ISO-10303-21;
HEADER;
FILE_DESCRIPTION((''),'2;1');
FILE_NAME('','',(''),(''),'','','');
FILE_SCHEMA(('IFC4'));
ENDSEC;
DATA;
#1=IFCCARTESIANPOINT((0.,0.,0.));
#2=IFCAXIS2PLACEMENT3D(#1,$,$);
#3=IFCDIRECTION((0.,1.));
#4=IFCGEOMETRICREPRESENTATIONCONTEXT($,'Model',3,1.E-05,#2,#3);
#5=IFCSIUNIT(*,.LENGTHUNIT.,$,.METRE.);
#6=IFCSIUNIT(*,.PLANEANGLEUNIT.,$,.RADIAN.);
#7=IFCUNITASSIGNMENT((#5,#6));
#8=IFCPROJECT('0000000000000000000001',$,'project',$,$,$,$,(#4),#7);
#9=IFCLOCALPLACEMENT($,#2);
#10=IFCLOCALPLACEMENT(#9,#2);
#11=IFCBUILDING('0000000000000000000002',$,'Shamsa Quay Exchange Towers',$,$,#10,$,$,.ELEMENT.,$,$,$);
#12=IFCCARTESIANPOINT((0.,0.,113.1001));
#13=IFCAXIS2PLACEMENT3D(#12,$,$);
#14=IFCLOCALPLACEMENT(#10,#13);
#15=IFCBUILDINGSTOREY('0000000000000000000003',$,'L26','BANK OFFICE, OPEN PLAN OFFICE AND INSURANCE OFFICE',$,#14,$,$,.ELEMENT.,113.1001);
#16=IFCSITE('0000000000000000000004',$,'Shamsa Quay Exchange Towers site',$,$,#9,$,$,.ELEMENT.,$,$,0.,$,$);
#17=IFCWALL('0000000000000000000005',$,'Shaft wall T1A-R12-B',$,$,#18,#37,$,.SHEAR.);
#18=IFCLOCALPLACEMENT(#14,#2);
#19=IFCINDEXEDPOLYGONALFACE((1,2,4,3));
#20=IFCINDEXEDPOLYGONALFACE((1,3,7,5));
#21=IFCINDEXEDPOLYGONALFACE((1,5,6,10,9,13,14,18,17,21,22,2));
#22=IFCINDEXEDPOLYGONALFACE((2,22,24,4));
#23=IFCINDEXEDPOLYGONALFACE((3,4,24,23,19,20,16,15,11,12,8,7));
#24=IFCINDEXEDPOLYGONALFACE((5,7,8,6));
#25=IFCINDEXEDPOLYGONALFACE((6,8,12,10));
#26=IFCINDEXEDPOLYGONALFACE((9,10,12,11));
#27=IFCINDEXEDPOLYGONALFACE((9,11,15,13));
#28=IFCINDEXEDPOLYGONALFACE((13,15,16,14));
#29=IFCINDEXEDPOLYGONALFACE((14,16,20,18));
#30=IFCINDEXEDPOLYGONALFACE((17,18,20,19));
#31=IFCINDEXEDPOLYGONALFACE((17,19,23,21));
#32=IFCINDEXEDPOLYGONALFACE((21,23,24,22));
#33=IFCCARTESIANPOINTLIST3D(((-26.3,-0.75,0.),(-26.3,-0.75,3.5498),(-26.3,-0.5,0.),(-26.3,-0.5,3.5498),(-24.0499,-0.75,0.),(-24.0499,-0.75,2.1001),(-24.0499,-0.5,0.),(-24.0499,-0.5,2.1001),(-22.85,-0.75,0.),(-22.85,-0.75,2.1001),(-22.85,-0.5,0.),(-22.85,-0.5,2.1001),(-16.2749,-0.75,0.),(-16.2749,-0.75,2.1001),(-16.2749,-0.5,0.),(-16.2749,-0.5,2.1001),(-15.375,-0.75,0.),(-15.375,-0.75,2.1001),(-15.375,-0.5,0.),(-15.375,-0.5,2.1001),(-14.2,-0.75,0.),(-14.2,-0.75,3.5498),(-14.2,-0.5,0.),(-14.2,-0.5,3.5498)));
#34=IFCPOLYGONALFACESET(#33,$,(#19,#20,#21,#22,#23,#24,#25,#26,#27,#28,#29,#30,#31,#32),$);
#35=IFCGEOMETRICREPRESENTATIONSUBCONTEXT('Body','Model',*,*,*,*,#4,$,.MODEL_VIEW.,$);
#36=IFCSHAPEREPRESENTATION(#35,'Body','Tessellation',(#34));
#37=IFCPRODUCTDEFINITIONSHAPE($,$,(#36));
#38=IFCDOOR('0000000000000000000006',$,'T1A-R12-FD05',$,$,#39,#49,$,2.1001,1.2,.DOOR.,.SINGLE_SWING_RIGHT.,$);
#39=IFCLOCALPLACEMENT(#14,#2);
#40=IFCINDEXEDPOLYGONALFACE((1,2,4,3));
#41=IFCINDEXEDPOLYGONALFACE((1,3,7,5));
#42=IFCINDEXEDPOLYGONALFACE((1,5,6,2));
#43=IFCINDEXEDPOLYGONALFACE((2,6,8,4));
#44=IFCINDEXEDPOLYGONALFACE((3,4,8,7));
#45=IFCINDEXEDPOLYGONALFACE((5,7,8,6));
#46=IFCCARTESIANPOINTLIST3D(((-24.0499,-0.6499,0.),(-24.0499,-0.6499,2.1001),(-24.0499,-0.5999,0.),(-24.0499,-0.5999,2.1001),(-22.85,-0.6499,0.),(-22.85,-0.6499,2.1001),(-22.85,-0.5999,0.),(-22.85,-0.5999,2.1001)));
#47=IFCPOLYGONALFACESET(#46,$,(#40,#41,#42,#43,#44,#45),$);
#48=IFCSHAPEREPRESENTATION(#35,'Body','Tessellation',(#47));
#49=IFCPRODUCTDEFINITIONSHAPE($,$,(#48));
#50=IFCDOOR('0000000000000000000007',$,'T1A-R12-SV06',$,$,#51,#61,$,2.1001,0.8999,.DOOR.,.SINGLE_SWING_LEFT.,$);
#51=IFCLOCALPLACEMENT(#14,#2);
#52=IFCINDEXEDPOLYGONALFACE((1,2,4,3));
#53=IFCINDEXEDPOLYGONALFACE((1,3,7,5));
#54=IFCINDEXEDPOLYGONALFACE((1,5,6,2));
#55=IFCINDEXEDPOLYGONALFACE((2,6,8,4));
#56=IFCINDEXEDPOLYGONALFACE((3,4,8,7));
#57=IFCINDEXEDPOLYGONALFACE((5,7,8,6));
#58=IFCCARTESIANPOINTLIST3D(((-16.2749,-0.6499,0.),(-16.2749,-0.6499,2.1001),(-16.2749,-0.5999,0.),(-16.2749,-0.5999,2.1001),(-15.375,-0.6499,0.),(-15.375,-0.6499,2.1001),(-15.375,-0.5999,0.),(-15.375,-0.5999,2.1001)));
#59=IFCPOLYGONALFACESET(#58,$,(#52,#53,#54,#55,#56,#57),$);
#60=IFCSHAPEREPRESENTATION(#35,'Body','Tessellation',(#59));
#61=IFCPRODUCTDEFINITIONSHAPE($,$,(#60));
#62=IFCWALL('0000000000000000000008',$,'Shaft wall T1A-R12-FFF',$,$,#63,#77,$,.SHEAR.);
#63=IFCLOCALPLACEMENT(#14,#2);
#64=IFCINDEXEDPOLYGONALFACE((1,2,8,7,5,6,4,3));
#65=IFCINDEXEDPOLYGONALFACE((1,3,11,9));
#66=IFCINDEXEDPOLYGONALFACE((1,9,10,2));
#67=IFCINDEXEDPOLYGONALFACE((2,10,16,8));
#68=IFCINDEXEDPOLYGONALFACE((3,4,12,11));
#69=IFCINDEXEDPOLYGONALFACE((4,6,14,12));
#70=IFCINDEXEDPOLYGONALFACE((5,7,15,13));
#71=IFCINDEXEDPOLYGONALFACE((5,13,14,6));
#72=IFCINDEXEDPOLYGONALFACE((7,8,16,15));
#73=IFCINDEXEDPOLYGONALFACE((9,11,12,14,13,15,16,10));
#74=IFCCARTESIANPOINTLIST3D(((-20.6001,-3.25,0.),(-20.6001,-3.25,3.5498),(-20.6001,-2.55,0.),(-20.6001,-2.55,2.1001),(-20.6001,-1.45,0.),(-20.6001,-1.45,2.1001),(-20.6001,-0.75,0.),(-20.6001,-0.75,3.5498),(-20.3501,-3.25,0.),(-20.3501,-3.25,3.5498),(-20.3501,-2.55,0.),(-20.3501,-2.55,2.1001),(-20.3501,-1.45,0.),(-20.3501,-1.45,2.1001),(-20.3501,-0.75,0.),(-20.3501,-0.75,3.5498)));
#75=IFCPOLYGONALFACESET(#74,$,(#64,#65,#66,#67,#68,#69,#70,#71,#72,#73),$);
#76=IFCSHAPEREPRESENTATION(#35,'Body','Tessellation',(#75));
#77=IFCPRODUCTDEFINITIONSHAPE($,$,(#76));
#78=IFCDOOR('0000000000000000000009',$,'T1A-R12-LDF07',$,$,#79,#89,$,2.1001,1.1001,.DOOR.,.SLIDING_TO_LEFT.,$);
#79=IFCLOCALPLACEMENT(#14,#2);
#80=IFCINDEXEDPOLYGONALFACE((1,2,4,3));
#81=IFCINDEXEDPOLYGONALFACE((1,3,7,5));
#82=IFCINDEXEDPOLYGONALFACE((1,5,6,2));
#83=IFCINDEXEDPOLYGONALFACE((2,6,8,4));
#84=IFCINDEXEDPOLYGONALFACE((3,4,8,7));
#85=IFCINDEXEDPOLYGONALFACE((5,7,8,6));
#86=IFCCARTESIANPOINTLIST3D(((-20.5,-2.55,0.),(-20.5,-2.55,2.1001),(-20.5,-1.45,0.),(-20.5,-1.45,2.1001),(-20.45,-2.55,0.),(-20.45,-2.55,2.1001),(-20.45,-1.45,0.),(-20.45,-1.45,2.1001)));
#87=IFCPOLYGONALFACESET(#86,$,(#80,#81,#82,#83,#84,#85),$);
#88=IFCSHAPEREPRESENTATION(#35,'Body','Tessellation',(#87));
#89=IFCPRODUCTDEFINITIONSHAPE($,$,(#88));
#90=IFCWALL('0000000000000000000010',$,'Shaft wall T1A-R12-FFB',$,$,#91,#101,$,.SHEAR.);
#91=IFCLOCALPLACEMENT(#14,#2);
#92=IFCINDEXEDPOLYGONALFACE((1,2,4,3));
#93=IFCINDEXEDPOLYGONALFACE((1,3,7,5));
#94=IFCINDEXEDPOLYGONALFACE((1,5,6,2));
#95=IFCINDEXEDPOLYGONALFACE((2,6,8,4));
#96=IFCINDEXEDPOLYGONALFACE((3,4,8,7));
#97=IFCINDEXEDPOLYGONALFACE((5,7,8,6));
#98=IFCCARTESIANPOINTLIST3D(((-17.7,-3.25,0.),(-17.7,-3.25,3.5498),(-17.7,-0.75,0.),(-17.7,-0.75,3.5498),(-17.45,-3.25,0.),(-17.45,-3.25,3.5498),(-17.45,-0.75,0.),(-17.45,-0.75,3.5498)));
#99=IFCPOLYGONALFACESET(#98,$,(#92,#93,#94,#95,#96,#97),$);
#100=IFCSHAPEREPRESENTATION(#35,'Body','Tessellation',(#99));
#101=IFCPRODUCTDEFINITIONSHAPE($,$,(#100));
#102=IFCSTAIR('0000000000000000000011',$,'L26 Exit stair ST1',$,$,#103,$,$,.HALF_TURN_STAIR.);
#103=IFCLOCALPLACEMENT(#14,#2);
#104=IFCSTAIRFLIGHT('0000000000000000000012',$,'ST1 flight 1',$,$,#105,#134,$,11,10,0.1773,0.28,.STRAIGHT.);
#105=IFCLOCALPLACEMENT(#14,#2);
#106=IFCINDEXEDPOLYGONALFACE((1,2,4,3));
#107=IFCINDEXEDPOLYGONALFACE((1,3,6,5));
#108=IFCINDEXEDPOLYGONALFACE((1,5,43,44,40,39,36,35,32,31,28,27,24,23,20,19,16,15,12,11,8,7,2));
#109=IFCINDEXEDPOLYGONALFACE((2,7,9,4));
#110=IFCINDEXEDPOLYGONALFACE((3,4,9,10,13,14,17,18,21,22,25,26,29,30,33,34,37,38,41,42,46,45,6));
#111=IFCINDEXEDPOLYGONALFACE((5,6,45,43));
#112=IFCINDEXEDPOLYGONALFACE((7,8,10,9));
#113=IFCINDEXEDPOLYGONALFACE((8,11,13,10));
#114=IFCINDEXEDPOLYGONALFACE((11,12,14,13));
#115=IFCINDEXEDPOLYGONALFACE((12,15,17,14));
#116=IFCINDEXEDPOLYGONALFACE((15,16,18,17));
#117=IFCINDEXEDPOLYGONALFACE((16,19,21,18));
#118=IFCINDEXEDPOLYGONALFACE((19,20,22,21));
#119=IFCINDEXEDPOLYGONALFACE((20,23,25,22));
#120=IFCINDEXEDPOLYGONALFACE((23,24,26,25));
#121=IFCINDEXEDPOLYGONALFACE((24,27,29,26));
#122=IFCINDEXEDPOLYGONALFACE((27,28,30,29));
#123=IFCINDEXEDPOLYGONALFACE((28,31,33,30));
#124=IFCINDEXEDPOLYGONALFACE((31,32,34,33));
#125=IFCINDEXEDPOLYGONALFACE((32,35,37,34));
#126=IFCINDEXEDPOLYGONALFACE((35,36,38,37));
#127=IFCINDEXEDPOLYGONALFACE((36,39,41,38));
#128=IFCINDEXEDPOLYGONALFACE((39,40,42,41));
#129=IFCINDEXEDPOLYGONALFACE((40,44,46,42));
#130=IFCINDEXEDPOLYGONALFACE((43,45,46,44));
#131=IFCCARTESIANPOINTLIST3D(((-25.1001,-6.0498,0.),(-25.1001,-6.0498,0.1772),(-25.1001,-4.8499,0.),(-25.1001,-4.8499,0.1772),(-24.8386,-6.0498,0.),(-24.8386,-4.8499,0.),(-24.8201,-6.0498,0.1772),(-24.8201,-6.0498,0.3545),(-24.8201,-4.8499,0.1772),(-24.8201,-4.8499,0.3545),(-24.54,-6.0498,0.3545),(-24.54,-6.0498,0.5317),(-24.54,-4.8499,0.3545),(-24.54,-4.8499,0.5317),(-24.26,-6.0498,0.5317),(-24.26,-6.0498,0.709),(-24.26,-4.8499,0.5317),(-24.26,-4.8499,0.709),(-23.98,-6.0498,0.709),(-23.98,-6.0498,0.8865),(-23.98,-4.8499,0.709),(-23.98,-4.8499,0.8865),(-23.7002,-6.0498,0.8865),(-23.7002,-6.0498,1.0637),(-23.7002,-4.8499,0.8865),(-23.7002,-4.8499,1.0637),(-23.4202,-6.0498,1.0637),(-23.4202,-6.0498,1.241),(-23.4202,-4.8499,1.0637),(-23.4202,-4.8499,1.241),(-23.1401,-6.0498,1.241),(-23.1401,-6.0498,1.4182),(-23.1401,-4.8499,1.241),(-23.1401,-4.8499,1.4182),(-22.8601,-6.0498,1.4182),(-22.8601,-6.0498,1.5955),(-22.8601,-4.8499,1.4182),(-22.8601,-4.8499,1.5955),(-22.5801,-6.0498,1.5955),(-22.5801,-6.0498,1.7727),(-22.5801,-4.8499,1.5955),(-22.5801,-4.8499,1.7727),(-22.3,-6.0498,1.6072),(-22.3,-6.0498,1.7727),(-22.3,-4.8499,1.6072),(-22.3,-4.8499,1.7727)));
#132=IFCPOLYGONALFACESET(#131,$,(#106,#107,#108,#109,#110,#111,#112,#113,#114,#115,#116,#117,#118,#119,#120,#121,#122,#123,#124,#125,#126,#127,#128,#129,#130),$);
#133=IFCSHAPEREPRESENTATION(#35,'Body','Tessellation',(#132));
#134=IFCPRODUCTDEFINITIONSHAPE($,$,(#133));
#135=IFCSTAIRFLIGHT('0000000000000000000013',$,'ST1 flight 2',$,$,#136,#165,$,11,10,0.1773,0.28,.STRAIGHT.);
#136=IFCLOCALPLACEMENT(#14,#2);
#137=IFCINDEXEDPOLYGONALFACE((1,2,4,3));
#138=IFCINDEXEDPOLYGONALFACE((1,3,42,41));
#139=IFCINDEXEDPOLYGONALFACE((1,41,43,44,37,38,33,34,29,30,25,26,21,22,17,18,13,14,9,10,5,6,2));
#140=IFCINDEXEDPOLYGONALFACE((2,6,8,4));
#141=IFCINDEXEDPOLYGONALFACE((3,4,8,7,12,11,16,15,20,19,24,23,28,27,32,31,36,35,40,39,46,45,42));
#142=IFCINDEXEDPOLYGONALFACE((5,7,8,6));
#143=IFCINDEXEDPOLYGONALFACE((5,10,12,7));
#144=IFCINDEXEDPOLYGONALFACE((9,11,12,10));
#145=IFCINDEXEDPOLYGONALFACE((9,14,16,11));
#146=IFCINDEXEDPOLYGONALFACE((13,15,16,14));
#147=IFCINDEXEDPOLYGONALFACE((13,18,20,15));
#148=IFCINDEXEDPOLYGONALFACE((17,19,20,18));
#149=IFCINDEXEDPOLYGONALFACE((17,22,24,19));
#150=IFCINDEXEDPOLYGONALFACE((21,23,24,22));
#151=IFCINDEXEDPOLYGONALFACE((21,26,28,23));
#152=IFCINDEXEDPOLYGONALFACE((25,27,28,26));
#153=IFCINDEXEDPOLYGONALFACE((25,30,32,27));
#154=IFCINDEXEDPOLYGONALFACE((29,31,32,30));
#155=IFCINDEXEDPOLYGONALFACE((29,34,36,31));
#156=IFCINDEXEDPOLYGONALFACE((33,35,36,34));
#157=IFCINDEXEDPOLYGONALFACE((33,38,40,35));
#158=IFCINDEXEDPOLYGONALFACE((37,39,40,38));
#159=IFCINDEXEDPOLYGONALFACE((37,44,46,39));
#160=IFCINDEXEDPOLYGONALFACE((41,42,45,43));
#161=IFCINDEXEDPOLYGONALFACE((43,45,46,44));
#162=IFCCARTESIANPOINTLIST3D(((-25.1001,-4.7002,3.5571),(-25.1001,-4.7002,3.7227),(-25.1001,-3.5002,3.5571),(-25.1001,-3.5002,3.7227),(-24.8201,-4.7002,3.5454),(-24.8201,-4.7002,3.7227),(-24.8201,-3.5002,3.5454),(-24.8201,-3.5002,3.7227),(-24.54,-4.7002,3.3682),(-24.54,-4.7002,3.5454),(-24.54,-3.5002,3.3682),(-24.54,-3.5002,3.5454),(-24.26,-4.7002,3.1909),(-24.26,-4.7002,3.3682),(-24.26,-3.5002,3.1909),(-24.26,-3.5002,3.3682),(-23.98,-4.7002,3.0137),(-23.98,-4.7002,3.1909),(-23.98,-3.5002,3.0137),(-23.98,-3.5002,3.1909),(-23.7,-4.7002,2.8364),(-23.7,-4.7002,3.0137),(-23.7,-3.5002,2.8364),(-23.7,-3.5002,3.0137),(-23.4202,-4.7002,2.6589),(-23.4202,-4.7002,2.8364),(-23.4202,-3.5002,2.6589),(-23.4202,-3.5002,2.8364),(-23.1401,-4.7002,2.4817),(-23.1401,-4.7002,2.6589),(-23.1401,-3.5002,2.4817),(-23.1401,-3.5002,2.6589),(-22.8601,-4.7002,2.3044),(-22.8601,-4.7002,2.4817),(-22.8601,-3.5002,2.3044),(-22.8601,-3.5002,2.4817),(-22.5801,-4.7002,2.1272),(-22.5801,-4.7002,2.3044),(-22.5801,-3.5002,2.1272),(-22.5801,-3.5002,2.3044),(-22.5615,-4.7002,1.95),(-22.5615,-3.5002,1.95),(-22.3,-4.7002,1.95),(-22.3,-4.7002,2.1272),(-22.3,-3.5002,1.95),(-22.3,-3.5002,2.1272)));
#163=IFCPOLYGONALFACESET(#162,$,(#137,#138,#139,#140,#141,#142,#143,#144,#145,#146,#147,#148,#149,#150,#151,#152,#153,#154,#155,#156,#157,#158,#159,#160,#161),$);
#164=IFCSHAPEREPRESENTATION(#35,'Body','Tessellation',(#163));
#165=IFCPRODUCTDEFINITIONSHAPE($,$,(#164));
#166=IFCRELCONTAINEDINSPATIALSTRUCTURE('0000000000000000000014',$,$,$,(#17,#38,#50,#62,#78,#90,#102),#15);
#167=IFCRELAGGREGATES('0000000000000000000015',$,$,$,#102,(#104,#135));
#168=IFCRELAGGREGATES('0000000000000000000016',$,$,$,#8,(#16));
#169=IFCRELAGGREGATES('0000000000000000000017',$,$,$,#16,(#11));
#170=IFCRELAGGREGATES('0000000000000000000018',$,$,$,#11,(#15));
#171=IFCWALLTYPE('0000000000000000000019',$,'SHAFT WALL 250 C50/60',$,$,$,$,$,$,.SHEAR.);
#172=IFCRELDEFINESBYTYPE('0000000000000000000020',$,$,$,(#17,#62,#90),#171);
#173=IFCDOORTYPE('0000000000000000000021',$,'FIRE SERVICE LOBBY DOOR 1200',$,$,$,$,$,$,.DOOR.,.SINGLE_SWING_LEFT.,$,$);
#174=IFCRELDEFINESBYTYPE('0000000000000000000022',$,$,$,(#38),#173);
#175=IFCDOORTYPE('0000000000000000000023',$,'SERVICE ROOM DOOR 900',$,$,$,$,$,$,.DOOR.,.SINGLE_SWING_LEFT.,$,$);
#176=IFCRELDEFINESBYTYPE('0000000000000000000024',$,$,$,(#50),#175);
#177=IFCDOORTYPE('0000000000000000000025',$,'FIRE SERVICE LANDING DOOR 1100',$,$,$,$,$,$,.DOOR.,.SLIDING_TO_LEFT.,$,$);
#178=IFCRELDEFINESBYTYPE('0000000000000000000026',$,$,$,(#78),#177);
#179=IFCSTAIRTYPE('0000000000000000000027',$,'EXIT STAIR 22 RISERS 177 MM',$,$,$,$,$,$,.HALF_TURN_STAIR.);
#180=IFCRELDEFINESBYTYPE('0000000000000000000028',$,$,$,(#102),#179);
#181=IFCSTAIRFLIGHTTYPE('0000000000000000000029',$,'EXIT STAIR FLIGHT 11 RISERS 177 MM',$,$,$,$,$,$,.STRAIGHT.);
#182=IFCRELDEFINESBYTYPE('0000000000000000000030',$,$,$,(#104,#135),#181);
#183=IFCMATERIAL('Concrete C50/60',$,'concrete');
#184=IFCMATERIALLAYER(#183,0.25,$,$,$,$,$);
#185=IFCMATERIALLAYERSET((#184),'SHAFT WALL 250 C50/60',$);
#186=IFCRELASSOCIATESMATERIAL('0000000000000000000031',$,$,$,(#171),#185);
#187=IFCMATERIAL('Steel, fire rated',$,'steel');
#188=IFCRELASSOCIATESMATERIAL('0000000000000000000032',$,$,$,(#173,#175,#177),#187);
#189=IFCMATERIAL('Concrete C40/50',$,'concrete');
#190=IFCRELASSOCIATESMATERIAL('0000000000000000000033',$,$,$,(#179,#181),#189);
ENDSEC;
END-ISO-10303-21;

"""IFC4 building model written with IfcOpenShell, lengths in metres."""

from ifc_helpers import new_model, si_unit, direction, frame, frame_2d, origin, place, context, subcontext, project, spatial, polyline, rectangle, outline, extrude, material, layer, layer_set, type_object, element, fill, aggregate, save


model = new_model("IFC4")

# Units and contexts
model_context = context("Model", 3, precision=1e-05, world=origin(), true_north=direction((0.0, 1.0)))
body_context = subcontext(model_context, "Body", "Model", "MODEL_VIEW")
ifc_project = project(units=[si_unit("LENGTHUNIT", "METRE"), si_unit("PLANEANGLEUNIT", "RADIAN")], contexts=[model_context])

# Site, building, storey
site_placement = place(None, origin())
site = spatial("IfcSite", under=ifc_project, at=site_placement, Name="Shamsa Quay Exchange Towers site", CompositionType="ELEMENT", RefElevation=0.0)
building_placement = place(site_placement, origin())
building = spatial("IfcBuilding", under=site, at=building_placement, Name="Shamsa Quay Exchange Towers", CompositionType="ELEMENT")
storey_placement = place(building_placement, frame((0.0, 0.0, 113.1001)))
storey = spatial("IfcBuildingStorey", under=building, at=storey_placement, Name="L26", Description="BANK OFFICE, OPEN PLAN OFFICE AND INSURANCE OFFICE", CompositionType="ELEMENT", Elevation=113.1001)

# Shared definitions
ifc_material_1 = material(Name="Concrete C50/60", Category="concrete")
ifc_layer_1 = layer(ifc_material_1, 0.25)
ifc_layer_set_1 = layer_set([ifc_layer_1], Name="SHAFT WALL 250 C50/60")
wall_type = type_object("IfcWallType", Name="SHAFT WALL 250 C50/60", PredefinedType="SHEAR", material=ifc_layer_set_1)
ifc_material_2 = material(Name="Steel, fire rated", Category="steel")

# Wall, openings, doors
wall_1_placement = place(storey_placement, frame((-14.2, -0.625, 0.0), z_axis=(0.0, 0.0, 1.0), x_axis=(-1.0, 0.0, 0.0)))
wall_1 = element("IfcWall", 1, at=wall_1_placement, inside=storey, type_object=wall_type, Name="Shaft wall T1A-R12-B", PredefinedType="SHEAR", context=body_context, shape_type="SweptSolid", body=[
    extrude(rectangle(XDim=12.1001, YDim=0.25, at=frame_2d((6.05, 0.0))), origin(), (0.0, 0.0, 1.0), 3.5498),
])
opening_1_placement = place(wall_1_placement, frame((8.6499, 0.0, 0.0)))
opening_1 = element("IfcOpeningElement", 2, at=opening_1_placement, cuts=wall_1, PredefinedType="OPENING", context=body_context, shape_type="SweptSolid", body=[
    extrude(rectangle(XDim=1.2, YDim=2.1001, at=frame_2d((0.6001, 1.05))), frame((0.0, 0.135, 0.0), z_axis=(0.0, -1.0, 0.0), x_axis=(1.0, 0.0, 0.0)), (0.0, 0.0, 1.0), 0.27),
])
opening_2_placement = place(wall_1_placement, frame((1.175, 0.0, 0.0)))
opening_2 = element("IfcOpeningElement", 3, at=opening_2_placement, cuts=wall_1, PredefinedType="OPENING", context=body_context, shape_type="SweptSolid", body=[
    extrude(rectangle(XDim=0.8999, YDim=2.1001, at=frame_2d((0.45, 1.05))), frame((0.0, 0.135, 0.0), z_axis=(0.0, -1.0, 0.0), x_axis=(1.0, 0.0, 0.0)), (0.0, 0.0, 1.0), 0.27),
])
door_type_1 = type_object("IfcDoorType", Name="FIRE SERVICE LOBBY DOOR 1200", OperationType="SINGLE_SWING_LEFT", PredefinedType="DOOR", material=ifc_material_2)
door_1_placement = place(opening_1_placement, origin())
door_1 = element("IfcDoor", 4, at=door_1_placement, inside=storey, type_object=door_type_1, Name="T1A-R12-FD05", OperationType="SINGLE_SWING_RIGHT", OverallHeight=2.1001, OverallWidth=1.2, PredefinedType="DOOR", context=body_context, shape_type="SweptSolid", body=[
    extrude(rectangle(XDim=1.2, YDim=2.1001, at=frame_2d((0.6001, 1.05))), frame((0.0, 0.0249, 0.0), z_axis=(0.0, -1.0, 0.0), x_axis=(1.0, 0.0, 0.0)), (0.0, 0.0, 1.0), 0.05),
])
fill(opening_1, door_1)
door_type_2 = type_object("IfcDoorType", Name="SERVICE ROOM DOOR 900", OperationType="SINGLE_SWING_LEFT", PredefinedType="DOOR", material=ifc_material_2)
door_2_placement = place(opening_2_placement, origin())
door_2 = element("IfcDoor", 5, at=door_2_placement, inside=storey, type_object=door_type_2, Name="T1A-R12-SV06", OperationType="SINGLE_SWING_LEFT", OverallHeight=2.1001, OverallWidth=0.8999, PredefinedType="DOOR", context=body_context, shape_type="SweptSolid", body=[
    extrude(rectangle(XDim=0.8999, YDim=2.1001, at=frame_2d((0.45, 1.05))), frame((0.0, 0.0249, 0.0), z_axis=(0.0, -1.0, 0.0), x_axis=(1.0, 0.0, 0.0)), (0.0, 0.0, 1.0), 0.05),
])
fill(opening_2, door_2)

# Wall, opening, door
wall_2_placement = place(storey_placement, frame((-20.4751, -3.25, 0.0), z_axis=(0.0, 0.0, 1.0), x_axis=(0.0, 1.0, 0.0)))
wall_2 = element("IfcWall", 6, at=wall_2_placement, inside=storey, type_object=wall_type, Name="Shaft wall T1A-R12-FFF", PredefinedType="SHEAR", context=body_context, shape_type="SweptSolid", body=[
    extrude(rectangle(XDim=2.5, YDim=0.25, at=frame_2d((1.25, 0.0))), origin(), (0.0, 0.0, 1.0), 3.5498),
])
opening_3_placement = place(wall_2_placement, frame((0.7, 0.0, 0.0)))
opening_3 = element("IfcOpeningElement", 7, at=opening_3_placement, cuts=wall_2, PredefinedType="OPENING", context=body_context, shape_type="SweptSolid", body=[
    extrude(rectangle(XDim=1.1001, YDim=2.1001, at=frame_2d((0.55, 1.05))), frame((0.0, 0.135, 0.0), z_axis=(0.0, -1.0, 0.0), x_axis=(1.0, 0.0, 0.0)), (0.0, 0.0, 1.0), 0.27),
])
door_type_3 = type_object("IfcDoorType", Name="FIRE SERVICE LANDING DOOR 1100", OperationType="SLIDING_TO_LEFT", PredefinedType="DOOR", material=ifc_material_2)
door_3_placement = place(opening_3_placement, origin())
door_3 = element("IfcDoor", 8, at=door_3_placement, inside=storey, type_object=door_type_3, Name="T1A-R12-LDF07", OperationType="SLIDING_TO_LEFT", OverallHeight=2.1001, OverallWidth=1.1001, PredefinedType="DOOR", context=body_context, shape_type="SweptSolid", body=[
    extrude(rectangle(XDim=1.1001, YDim=2.1001, at=frame_2d((0.55, 1.05))), frame((0.0, 0.0249, 0.0), z_axis=(0.0, -1.0, 0.0), x_axis=(1.0, 0.0, 0.0)), (0.0, 0.0, 1.0), 0.05),
])
fill(opening_3, door_3)

# Wall
wall_3_placement = place(storey_placement, frame((-17.575, -3.25, 0.0), z_axis=(0.0, 0.0, 1.0), x_axis=(0.0, 1.0, 0.0)))
element("IfcWall", 9, at=wall_3_placement, inside=storey, type_object=wall_type, Name="Shaft wall T1A-R12-FFB", PredefinedType="SHEAR", context=body_context, shape_type="SweptSolid", body=[
    extrude(rectangle(XDim=2.5, YDim=0.25, at=frame_2d((1.25, 0.0))), origin(), (0.0, 0.0, 1.0), 3.5498),
])

# Stair, stair flights
ifc_material_3 = material(Name="Concrete C40/50", Category="concrete")
stair_type = type_object("IfcStairType", Name="EXIT STAIR 22 RISERS 177 MM", PredefinedType="HALF_TURN_STAIR", material=ifc_material_3)
stair_placement = place(storey_placement, origin())
stair = element("IfcStair", 10, at=stair_placement, inside=storey, type_object=stair_type, Name="L26 Exit stair ST1", PredefinedType="HALF_TURN_STAIR")
stair_flight_type = type_object("IfcStairFlightType", Name="EXIT STAIR FLIGHT 11 RISERS 177 MM", PredefinedType="STRAIGHT", material=ifc_material_3)
stair_flight_1_placement = place(storey_placement, frame((-25.1001, -5.45, 0.0)))
stair_flight_1 = element("IfcStairFlight", 11, at=stair_flight_1_placement, type_object=stair_flight_type, Name="ST1 flight 1", NumberOfRisers=11, NumberOfTreads=10, PredefinedType="STRAIGHT", RiserHeight=0.1773, TreadLength=0.28, context=body_context, shape_type="SweptSolid", body=[
    extrude(outline(polyline([(0.0, 0.0), (0.0, 0.1772), (0.28, 0.1772), (0.28, 0.3545), (0.5601, 0.3545), (0.5601, 0.5317), (0.8401, 0.5317), (0.8401, 0.709), (1.1201, 0.709), (1.1201, 0.8865), (1.3999, 0.8865), (1.3999, 1.0637), (1.6799, 1.0637), (1.6799, 1.241), (1.96, 1.241), (1.96, 1.4182), (2.24, 1.4182), (2.24, 1.5955), (2.52, 1.5955), (2.52, 1.7727), (2.8, 1.7727), (2.8, 1.95), (2.8, 1.6072), (0.2615, 0.0), (0.0, 0.0)])), frame((0.0, 0.6001, 0.0), z_axis=(0.0, -1.0, 0.0), x_axis=(1.0, 0.0, 0.0)), (0.0, 0.0, 1.0), 1.2),
])
stair_flight_2_placement = place(storey_placement, frame((-22.3, -4.1001, 1.95), z_axis=(0.0, 0.0, 1.0), x_axis=(-1.0, 0.0, 0.0)))
stair_flight_2 = element("IfcStairFlight", 12, at=stair_flight_2_placement, type_object=stair_flight_type, Name="ST1 flight 2", NumberOfRisers=11, NumberOfTreads=10, PredefinedType="STRAIGHT", RiserHeight=0.1773, TreadLength=0.28, context=body_context, shape_type="SweptSolid", body=[
    extrude(outline(polyline([(0.0, 0.0), (0.0, 0.1772), (0.28, 0.1772), (0.28, 0.3545), (0.5601, 0.3545), (0.5601, 0.5317), (0.8401, 0.5317), (0.8401, 0.709), (1.1201, 0.709), (1.1201, 0.8865), (1.3999, 0.8865), (1.3999, 1.0637), (1.6799, 1.0637), (1.6799, 1.241), (1.96, 1.241), (1.96, 1.4182), (2.24, 1.4182), (2.24, 1.5955), (2.52, 1.5955), (2.52, 1.7727), (2.8, 1.7727), (2.8, 1.95), (2.8, 1.6072), (0.2615, 0.0), (0.0, 0.0)])), frame((0.0, 0.6001, 0.0), z_axis=(0.0, -1.0, 0.0), x_axis=(1.0, 0.0, 0.0)), (0.0, 0.0, 1.0), 1.2),
])
aggregate(stair, [stair_flight_1, stair_flight_2])

save(model, "model.ifc")
